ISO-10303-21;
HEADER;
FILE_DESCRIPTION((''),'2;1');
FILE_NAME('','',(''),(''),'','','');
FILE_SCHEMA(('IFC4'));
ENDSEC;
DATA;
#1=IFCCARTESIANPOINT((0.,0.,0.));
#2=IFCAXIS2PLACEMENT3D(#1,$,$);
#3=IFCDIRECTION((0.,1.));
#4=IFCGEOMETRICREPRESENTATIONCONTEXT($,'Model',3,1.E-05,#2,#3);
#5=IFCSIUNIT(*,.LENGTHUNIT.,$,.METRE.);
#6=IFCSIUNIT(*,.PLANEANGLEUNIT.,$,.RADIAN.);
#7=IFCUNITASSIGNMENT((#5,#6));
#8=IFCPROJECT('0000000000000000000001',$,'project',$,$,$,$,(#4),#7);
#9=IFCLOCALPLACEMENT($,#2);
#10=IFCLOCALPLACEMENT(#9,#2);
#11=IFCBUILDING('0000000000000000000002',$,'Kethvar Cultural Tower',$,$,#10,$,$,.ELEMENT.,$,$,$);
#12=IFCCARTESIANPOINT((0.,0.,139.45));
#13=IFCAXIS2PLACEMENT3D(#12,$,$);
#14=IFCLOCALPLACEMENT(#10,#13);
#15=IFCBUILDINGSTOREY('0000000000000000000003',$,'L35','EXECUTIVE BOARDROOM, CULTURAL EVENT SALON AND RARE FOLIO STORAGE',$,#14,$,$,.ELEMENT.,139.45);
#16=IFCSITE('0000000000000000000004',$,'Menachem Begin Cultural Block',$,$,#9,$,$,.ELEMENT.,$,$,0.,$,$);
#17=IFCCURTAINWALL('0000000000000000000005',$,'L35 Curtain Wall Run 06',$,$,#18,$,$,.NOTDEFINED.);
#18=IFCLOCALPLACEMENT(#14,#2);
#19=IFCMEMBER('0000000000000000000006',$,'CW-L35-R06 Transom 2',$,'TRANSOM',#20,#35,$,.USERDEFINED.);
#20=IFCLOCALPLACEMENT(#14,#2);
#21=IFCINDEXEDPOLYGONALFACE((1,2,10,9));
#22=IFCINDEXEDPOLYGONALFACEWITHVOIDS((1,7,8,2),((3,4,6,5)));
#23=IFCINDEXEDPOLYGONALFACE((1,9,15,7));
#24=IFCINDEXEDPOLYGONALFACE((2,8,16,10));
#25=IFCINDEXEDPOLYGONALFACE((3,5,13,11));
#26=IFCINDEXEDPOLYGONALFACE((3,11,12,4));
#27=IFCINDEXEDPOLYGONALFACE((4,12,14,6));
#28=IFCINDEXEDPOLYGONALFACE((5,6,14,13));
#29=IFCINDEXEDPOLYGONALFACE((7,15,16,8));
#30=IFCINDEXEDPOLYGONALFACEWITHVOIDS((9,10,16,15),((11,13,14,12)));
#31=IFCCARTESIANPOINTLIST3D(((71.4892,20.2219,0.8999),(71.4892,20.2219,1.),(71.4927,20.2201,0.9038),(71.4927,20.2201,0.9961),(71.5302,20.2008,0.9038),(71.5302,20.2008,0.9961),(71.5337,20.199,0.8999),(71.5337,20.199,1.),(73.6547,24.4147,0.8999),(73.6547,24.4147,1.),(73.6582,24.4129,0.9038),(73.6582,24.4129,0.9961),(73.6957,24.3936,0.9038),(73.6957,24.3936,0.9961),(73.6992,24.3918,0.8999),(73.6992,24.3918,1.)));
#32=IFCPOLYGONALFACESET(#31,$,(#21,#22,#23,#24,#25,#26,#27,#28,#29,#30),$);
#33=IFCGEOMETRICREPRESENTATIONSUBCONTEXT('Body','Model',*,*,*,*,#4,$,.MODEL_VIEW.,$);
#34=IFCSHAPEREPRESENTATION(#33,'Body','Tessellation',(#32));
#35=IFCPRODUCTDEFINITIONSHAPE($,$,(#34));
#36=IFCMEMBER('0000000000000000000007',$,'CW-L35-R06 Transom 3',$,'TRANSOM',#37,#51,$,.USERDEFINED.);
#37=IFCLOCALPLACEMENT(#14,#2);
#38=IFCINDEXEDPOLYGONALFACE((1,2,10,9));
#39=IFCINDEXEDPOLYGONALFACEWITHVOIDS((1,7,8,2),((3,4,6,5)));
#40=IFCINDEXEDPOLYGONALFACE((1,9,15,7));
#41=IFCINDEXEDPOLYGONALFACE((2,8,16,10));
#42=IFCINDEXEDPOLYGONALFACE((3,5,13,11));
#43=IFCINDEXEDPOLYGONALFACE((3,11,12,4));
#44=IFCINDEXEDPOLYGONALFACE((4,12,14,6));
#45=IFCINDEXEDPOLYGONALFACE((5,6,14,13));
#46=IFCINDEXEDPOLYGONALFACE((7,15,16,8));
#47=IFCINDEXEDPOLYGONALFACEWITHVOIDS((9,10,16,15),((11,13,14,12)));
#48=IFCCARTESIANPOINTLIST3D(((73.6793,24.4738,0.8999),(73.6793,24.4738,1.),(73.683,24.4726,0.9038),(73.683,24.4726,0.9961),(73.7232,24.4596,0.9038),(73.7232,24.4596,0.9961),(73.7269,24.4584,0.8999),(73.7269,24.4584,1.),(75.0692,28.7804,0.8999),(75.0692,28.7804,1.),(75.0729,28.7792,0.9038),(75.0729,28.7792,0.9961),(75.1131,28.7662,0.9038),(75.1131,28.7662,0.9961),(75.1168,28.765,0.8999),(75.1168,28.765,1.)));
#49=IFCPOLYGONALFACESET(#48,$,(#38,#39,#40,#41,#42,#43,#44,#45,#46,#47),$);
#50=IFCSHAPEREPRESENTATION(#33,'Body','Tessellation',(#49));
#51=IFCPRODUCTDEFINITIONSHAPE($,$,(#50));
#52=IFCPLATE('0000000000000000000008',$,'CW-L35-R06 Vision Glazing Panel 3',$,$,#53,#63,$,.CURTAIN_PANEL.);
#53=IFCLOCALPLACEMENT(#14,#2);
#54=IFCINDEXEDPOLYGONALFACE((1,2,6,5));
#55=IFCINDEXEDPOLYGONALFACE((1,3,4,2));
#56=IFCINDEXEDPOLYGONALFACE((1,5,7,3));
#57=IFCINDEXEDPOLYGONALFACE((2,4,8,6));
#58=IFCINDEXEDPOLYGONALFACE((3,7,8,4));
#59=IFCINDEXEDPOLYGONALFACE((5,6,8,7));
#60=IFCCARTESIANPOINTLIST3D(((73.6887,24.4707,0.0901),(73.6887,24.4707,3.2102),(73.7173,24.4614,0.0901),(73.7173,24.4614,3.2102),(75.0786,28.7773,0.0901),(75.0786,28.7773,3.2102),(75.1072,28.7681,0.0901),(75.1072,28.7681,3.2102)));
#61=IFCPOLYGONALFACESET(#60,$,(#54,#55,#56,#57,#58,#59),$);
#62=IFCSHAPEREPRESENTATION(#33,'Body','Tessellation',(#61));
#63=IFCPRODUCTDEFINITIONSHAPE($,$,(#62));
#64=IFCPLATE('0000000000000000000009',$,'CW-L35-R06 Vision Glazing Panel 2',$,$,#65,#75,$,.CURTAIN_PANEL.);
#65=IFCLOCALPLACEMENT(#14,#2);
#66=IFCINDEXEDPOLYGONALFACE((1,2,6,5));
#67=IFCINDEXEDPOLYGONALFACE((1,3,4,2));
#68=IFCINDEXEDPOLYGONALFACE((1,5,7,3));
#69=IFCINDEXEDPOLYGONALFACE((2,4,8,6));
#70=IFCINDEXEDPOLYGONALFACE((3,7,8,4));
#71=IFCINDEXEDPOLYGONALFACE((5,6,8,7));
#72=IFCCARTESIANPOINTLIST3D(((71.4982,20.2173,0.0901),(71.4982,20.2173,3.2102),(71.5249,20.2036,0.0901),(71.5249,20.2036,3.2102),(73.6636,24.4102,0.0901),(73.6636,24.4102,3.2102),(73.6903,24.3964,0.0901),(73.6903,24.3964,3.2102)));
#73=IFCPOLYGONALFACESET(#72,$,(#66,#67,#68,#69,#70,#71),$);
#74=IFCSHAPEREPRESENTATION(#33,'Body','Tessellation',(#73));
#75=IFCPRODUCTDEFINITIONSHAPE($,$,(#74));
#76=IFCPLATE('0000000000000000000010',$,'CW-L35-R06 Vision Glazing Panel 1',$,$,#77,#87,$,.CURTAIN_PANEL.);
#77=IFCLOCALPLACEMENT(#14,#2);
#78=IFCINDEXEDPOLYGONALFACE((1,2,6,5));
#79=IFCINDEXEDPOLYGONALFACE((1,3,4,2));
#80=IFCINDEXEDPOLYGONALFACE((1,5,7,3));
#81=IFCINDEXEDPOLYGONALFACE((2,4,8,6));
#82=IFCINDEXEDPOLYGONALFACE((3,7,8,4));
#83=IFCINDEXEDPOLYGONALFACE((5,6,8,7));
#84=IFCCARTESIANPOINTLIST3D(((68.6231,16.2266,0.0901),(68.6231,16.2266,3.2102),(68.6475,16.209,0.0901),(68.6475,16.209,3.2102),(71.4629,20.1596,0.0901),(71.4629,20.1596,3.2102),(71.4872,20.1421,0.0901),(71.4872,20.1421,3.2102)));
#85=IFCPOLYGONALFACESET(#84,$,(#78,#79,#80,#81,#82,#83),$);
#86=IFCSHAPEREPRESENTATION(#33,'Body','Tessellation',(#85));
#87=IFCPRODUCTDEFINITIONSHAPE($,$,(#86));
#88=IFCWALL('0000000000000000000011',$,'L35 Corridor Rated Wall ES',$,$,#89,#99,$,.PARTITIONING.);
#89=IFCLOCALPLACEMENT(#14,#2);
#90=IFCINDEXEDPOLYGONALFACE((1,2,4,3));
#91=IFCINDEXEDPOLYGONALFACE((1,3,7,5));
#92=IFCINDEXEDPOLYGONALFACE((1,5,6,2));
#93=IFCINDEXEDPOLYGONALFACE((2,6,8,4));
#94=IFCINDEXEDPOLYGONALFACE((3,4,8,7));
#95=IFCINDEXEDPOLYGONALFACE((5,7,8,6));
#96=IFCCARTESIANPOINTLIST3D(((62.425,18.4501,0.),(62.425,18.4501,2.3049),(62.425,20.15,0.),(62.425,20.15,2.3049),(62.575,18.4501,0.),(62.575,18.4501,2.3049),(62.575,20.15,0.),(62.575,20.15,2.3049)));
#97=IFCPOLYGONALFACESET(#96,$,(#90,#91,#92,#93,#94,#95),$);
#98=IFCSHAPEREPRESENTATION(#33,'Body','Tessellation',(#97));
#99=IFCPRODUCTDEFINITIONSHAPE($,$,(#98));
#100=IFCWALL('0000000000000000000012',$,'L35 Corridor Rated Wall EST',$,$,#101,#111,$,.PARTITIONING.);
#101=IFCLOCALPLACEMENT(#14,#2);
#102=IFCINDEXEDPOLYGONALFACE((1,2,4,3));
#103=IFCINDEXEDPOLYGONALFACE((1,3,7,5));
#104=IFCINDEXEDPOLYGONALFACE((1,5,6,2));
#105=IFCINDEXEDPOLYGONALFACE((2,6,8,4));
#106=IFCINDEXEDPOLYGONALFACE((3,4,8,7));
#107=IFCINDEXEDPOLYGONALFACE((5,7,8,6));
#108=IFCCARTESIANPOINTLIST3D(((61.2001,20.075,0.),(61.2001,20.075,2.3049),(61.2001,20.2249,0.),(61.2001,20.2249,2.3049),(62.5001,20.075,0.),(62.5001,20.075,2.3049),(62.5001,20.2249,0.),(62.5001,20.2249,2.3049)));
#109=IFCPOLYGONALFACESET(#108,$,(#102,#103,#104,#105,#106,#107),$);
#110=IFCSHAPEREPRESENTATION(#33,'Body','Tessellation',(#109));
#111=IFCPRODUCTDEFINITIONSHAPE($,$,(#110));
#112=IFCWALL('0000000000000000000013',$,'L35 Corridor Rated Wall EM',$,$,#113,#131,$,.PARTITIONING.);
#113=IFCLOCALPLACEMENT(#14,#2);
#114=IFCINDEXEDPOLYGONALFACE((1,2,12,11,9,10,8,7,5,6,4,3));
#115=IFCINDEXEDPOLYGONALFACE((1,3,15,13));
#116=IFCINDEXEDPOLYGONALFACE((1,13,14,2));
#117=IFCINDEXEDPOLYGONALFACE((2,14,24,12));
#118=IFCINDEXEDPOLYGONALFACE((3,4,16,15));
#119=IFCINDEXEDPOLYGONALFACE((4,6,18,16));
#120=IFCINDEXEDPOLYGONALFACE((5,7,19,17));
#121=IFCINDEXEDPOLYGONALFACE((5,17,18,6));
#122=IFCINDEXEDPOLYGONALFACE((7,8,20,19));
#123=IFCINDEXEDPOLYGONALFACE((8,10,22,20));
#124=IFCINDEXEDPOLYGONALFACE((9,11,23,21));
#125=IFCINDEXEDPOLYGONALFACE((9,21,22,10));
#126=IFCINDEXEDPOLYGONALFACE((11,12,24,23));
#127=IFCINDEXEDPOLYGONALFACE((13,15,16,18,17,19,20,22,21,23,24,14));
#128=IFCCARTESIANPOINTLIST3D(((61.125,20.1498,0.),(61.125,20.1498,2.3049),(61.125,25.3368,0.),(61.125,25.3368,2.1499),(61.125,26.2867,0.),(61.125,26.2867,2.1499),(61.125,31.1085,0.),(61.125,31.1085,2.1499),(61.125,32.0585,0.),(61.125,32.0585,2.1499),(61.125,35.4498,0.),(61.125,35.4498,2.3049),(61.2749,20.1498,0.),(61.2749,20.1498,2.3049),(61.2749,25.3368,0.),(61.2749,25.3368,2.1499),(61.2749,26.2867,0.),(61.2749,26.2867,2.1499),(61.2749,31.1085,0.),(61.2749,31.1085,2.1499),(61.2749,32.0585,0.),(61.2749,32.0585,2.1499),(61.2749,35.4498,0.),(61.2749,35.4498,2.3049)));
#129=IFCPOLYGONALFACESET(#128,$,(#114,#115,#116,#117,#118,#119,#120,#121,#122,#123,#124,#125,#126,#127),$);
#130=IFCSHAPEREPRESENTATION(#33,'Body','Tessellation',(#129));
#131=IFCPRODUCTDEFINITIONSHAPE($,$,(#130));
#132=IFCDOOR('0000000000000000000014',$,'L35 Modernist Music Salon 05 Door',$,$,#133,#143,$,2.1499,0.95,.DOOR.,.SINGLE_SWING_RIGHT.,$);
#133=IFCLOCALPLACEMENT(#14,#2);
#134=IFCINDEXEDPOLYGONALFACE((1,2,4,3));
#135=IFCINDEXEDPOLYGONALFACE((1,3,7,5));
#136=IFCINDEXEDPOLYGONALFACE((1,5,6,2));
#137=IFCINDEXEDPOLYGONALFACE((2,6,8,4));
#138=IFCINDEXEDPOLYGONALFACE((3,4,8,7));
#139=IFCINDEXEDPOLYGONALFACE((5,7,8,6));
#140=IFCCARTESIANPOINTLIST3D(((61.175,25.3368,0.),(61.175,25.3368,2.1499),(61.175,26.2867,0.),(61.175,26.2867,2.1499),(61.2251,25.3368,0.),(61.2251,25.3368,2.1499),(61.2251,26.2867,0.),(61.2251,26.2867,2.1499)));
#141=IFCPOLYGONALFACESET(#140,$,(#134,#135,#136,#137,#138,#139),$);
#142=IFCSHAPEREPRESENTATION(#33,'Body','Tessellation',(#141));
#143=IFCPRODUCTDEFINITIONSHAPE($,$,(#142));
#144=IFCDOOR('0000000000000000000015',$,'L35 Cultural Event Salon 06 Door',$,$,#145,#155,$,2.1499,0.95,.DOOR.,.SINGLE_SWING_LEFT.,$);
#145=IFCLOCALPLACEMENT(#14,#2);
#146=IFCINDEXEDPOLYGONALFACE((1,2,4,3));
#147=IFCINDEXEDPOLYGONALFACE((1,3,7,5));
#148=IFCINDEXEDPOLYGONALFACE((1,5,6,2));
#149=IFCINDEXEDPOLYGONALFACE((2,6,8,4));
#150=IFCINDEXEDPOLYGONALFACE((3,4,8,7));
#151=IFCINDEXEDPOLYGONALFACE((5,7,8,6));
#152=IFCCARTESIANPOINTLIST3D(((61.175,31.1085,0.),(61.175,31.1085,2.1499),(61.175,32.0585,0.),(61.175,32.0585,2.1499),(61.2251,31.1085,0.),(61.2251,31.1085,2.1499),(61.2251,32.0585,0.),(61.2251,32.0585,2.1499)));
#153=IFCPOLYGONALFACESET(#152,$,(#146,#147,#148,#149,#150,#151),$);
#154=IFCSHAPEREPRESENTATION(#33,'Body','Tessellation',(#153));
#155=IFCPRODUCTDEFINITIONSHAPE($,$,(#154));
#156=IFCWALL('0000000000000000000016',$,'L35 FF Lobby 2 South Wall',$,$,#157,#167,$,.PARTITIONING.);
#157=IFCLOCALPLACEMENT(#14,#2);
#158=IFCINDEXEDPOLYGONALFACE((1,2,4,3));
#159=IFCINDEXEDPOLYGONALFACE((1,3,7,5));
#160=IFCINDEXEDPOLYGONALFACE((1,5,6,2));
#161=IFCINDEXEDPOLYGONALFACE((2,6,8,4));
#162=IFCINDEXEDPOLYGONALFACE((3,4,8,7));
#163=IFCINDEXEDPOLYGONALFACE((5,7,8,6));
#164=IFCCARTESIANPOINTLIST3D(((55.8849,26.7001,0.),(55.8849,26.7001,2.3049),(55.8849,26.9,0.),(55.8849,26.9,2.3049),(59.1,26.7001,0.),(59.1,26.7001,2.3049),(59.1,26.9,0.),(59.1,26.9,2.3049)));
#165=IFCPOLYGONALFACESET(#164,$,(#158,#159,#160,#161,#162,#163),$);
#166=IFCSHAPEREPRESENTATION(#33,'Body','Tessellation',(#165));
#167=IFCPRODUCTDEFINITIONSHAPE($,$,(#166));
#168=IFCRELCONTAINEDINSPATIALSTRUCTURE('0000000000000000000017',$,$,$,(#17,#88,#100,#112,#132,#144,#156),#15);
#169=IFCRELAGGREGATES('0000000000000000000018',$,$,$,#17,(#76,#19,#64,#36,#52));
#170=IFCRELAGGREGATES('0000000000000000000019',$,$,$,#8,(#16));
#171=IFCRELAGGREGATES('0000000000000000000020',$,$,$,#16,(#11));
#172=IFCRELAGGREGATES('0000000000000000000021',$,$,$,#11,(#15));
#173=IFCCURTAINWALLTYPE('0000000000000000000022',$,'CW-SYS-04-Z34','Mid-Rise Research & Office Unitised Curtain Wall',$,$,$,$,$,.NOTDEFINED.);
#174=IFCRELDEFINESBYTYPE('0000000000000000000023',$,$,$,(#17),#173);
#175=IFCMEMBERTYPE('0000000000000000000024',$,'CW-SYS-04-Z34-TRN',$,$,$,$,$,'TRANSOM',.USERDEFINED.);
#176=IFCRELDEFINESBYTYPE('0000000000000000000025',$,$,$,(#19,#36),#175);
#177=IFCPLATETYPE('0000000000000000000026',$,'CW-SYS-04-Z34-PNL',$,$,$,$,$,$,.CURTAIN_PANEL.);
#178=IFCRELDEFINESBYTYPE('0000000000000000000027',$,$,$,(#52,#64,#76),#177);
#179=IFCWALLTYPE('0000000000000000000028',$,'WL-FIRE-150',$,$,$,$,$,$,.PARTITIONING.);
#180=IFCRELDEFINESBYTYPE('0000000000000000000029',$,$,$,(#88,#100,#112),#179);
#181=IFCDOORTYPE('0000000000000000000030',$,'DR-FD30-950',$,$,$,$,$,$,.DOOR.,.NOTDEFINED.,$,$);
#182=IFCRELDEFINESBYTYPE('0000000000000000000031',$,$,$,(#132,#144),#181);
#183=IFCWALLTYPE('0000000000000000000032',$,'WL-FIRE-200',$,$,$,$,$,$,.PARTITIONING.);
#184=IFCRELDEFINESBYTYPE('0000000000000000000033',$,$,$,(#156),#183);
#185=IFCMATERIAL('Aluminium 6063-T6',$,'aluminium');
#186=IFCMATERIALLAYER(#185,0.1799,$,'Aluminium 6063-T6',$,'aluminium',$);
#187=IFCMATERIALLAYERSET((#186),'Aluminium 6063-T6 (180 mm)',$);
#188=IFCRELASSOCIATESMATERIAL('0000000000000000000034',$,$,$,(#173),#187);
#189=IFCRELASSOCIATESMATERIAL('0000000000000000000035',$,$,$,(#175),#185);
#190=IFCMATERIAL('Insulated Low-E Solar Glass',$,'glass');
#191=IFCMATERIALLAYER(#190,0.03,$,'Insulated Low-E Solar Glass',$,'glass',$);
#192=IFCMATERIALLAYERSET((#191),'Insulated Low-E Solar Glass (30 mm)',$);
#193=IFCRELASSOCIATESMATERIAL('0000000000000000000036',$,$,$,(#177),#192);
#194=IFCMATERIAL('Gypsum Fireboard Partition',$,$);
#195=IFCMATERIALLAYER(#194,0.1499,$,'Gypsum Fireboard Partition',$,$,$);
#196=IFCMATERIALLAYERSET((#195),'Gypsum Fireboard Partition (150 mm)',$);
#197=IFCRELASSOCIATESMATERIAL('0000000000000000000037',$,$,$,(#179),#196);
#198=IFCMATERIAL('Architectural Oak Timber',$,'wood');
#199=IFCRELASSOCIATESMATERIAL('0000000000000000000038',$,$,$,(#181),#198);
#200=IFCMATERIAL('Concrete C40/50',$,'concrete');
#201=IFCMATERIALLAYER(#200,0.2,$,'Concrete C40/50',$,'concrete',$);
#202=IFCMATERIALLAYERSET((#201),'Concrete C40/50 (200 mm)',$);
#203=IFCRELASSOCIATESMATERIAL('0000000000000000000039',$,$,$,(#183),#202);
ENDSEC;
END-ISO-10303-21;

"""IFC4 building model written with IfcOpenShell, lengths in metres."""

from ifc_helpers import new_model, si_unit, direction, frame, frame_2d, origin, origin_2d, place, context, subcontext, project, spatial, rectangle, hollow_rectangle, extrude, source, transform, mapped, material, layer, layer_set, material_profile, profile_set, type_object, element, fill, aggregate, save


model = new_model("IFC4")

# Units and contexts
model_context = context("Model", 3, precision=1e-05, world=origin(), true_north=direction((0.0, 1.0)))
body_context = subcontext(model_context, "Body", "Model", "MODEL_VIEW")
ifc_project = project(units=[si_unit("LENGTHUNIT", "METRE"), si_unit("PLANEANGLEUNIT", "RADIAN")], contexts=[model_context])

# Site, building, storey
site_placement = place(None, origin())
site = spatial("IfcSite", under=ifc_project, at=site_placement, Name="Menachem Begin Cultural Block", CompositionType="ELEMENT", RefElevation=0.0)
building_placement = place(site_placement, origin())
building = spatial("IfcBuilding", under=site, at=building_placement, Name="Kethvar Cultural Tower", CompositionType="ELEMENT")
storey_placement = place(building_placement, frame((0.0, 0.0, 139.45)))
storey = spatial("IfcBuildingStorey", under=building, at=storey_placement, Name="L35", Description="EXECUTIVE BOARDROOM, CULTURAL EVENT SALON AND RARE FOLIO STORAGE", CompositionType="ELEMENT", Elevation=139.45)

# Curtain wall, members, plates
ifc_material_1 = material(Name="Aluminium 6063-T6", Category="aluminium")
ifc_layer_1 = layer(ifc_material_1, 0.1799, Name="Aluminium 6063-T6", Category="aluminium")
ifc_layer_set_1 = layer_set([ifc_layer_1], Name="Aluminium 6063-T6 (180 mm)")
curtain_wall_type = type_object("IfcCurtainWallType", Name="CW-SYS-04-Z34", Description="Mid-Rise Research & Office Unitised Curtain Wall", PredefinedType="NOTDEFINED", material=ifc_layer_set_1)
curtain_wall_placement = place(storey_placement, origin())
curtain_wall = element("IfcCurtainWall", 1, at=curtain_wall_placement, inside=storey, type_object=curtain_wall_type, Name="L35 Curtain Wall Run 06", PredefinedType="NOTDEFINED")
ifc_material_profile_1 = material_profile(ifc_material_1, hollow_rectangle(XDim=0.05, YDim=0.1001, WallThickness=0.0039, at=origin_2d()), Name="Aluminium 6063-T6 — RHS100x50x4")
ifc_profile_set_1 = profile_set([ifc_material_profile_1], Name="Aluminium 6063-T6 — RHS100x50x4")
member_type_1 = type_object("IfcMemberType", Name="CW-SYS-04-Z34-TRN", ElementType="TRANSOM", PredefinedType="USERDEFINED", material=ifc_profile_set_1)
shared_shape_1 = source(origin(), body_context, "Body", "SweptSolid", [
    extrude(hollow_rectangle(XDim=0.05, YDim=0.1001, WallThickness=0.0039, at=origin_2d()), origin(), (0.0, 0.0, 1.0), 4.719),
])
member_1_placement = place(storey_placement, frame((71.5115, 20.2104, 0.95), z_axis=(0.458888, 0.888494, 0.0), x_axis=(-0.888494, 0.458888, 0.0)))
member_1 = element("IfcMember", 2, at=member_1_placement, type_object=member_type_1, Name="CW-L35-R06 Transom 2", ObjectType="TRANSOM", PredefinedType="USERDEFINED", context=body_context, shape_type="MappedRepresentation", body=[
    mapped(shared_shape_1, transform((0.0, 0.0, 0.0), scale=1.0)),
])
shared_shape_2 = source(origin(), body_context, "Body", "SweptSolid", [
    extrude(hollow_rectangle(XDim=0.05, YDim=0.1001, WallThickness=0.0039, at=origin_2d()), origin(), (0.0, 0.0, 1.0), 4.5254),
])
member_2_placement = place(storey_placement, frame((73.7031, 24.4661, 0.95), z_axis=(0.307134, 0.951666, 0.0), x_axis=(-0.951666, 0.307134, 0.0)))
member_2 = element("IfcMember", 3, at=member_2_placement, type_object=member_type_1, Name="CW-L35-R06 Transom 3", ObjectType="TRANSOM", PredefinedType="USERDEFINED", context=body_context, shape_type="MappedRepresentation", body=[
    mapped(shared_shape_2, transform((0.0, 0.0, 0.0), scale=1.0)),
])
ifc_material_2 = material(Name="Insulated Low-E Solar Glass", Category="glass")
ifc_layer_2 = layer(ifc_material_2, 0.03, Name="Insulated Low-E Solar Glass", Category="glass")
ifc_layer_set_2 = layer_set([ifc_layer_2], Name="Insulated Low-E Solar Glass (30 mm)")
plate_type = type_object("IfcPlateType", Name="CW-SYS-04-Z34-PNL", PredefinedType="CURTAIN_PANEL", material=ifc_layer_set_2)
shared_shape_3 = source(origin(), body_context, "Body", "SweptSolid", [
    extrude(rectangle(XDim=4.5254, YDim=0.03, at=origin_2d()), origin(), (0.0, 0.0, 1.0), 3.1201),
])
plate_1_placement = place(storey_placement, frame((74.3979, 26.6194, 0.0901), z_axis=(0.0, 0.0, 1.0), x_axis=(0.307124, 0.951669, 0.0)))
plate_1 = element("IfcPlate", 4, at=plate_1_placement, type_object=plate_type, Name="CW-L35-R06 Vision Glazing Panel 3", PredefinedType="CURTAIN_PANEL", context=body_context, shape_type="MappedRepresentation", body=[
    mapped(shared_shape_3, transform((0.0, 0.0, 0.0), scale=1.0)),
])
shared_shape_4 = source(origin(), body_context, "Body", "SweptSolid", [
    extrude(rectangle(XDim=4.719, YDim=0.03, at=origin_2d()), origin(), (0.0, 0.0, 1.0), 3.1201),
])
plate_2_placement = place(storey_placement, frame((72.5942, 22.3069, 0.0901), z_axis=(0.0, 0.0, 1.0), x_axis=(0.458867, 0.888505, 0.0)))
plate_2 = element("IfcPlate", 5, at=plate_2_placement, type_object=plate_type, Name="CW-L35-R06 Vision Glazing Panel 2", PredefinedType="CURTAIN_PANEL", context=body_context, shape_type="MappedRepresentation", body=[
    mapped(shared_shape_4, transform((0.0, 0.0, 0.0), scale=1.0)),
])
shared_shape_5 = source(origin(), body_context, "Body", "SweptSolid", [
    extrude(rectangle(XDim=4.8511, YDim=0.03, at=origin_2d()), origin(), (0.0, 0.0, 1.0), 3.1201),
])
plate_3_placement = place(storey_placement, frame((70.0552, 18.1843, 0.0901), z_axis=(0.0, 0.0, 1.0), x_axis=(0.585382, 0.810757, 0.0)))
plate_3 = element("IfcPlate", 6, at=plate_3_placement, type_object=plate_type, Name="CW-L35-R06 Vision Glazing Panel 1", PredefinedType="CURTAIN_PANEL", context=body_context, shape_type="MappedRepresentation", body=[
    mapped(shared_shape_5, transform((0.0, 0.0, 0.0), scale=1.0)),
])
aggregate(curtain_wall, [plate_3, member_1, plate_2, member_2, plate_1])

# Walls
ifc_material_3 = material(Name="Gypsum Fireboard Partition")
ifc_layer_3 = layer(ifc_material_3, 0.1499, Name="Gypsum Fireboard Partition")
ifc_layer_set_3 = layer_set([ifc_layer_3], Name="Gypsum Fireboard Partition (150 mm)")
wall_type_1 = type_object("IfcWallType", Name="WL-FIRE-150", PredefinedType="PARTITIONING", material=ifc_layer_set_3)
wall_1_placement = place(storey_placement, frame((62.5, 18.45, 0.0), z_axis=(0.0, 0.0, 1.0), x_axis=(0.0, 1.0, 0.0)))
element("IfcWall", 7, at=wall_1_placement, inside=storey, type_object=wall_type_1, Name="L35 Corridor Rated Wall ES", PredefinedType="PARTITIONING", context=body_context, shape_type="SweptSolid", body=[
    extrude(rectangle(XDim=1.7, YDim=0.1499, at=frame_2d((0.8501, 0.0))), origin(), (0.0, 0.0, 1.0), 2.3049),
])
wall_2_placement = place(storey_placement, frame((62.5, 20.1499, 0.0), z_axis=(0.0, 0.0, 1.0), x_axis=(-1.0, 0.0, 0.0)))
element("IfcWall", 8, at=wall_2_placement, inside=storey, type_object=wall_type_1, Name="L35 Corridor Rated Wall EST", PredefinedType="PARTITIONING", context=body_context, shape_type="SweptSolid", body=[
    extrude(rectangle(XDim=1.3, YDim=0.1499, at=frame_2d((0.6499, 0.0))), origin(), (0.0, 0.0, 1.0), 2.3049),
])

# Wall, openings, doors
wall_3_placement = place(storey_placement, frame((61.2, 20.1499, 0.0), z_axis=(0.0, 0.0, 1.0), x_axis=(0.0, 1.0, 0.0)))
wall_3 = element("IfcWall", 9, at=wall_3_placement, inside=storey, type_object=wall_type_1, Name="L35 Corridor Rated Wall EM", PredefinedType="PARTITIONING", context=body_context, shape_type="SweptSolid", body=[
    extrude(rectangle(XDim=15.3, YDim=0.1499, at=frame_2d((7.6499, 0.0))), origin(), (0.0, 0.0, 1.0), 2.3049),
])
opening_1_placement = place(wall_3_placement, frame((5.1868, 0.0, 0.0)))
opening_1 = element("IfcOpeningElement", 10, at=opening_1_placement, cuts=wall_3, PredefinedType="OPENING", context=body_context, shape_type="SweptSolid", body=[
    extrude(rectangle(XDim=0.95, YDim=2.1499, at=frame_2d((0.4751, 1.075))), frame((0.0, 0.085, 0.0), z_axis=(0.0, -1.0, 0.0), x_axis=(1.0, 0.0, 0.0)), (0.0, 0.0, 1.0), 0.1699),
])
opening_2_placement = place(wall_3_placement, frame((10.9585, 0.0, 0.0)))
opening_2 = element("IfcOpeningElement", 11, at=opening_2_placement, cuts=wall_3, PredefinedType="OPENING", context=body_context, shape_type="SweptSolid", body=[
    extrude(rectangle(XDim=0.95, YDim=2.1499, at=frame_2d((0.4751, 1.075))), frame((0.0, 0.085, 0.0), z_axis=(0.0, -1.0, 0.0), x_axis=(1.0, 0.0, 0.0)), (0.0, 0.0, 1.0), 0.1699),
])
ifc_material_4 = material(Name="Architectural Oak Timber", Category="wood")
door_type_1 = type_object("IfcDoorType", Name="DR-FD30-950", OperationType="NOTDEFINED", PredefinedType="DOOR", material=ifc_material_4)
shared_shape_6 = source(origin(), body_context, "Body", "SweptSolid", [
    extrude(rectangle(XDim=0.95, YDim=2.1499, at=frame_2d((0.4751, 1.075))), frame((0.0, 0.0249, 0.0), z_axis=(0.0, -1.0, 0.0), x_axis=(1.0, 0.0, 0.0)), (0.0, 0.0, 1.0), 0.05),
])
door_1_placement = place(opening_1_placement, origin())
door_1 = element("IfcDoor", 12, at=door_1_placement, inside=storey, type_object=door_type_1, Name="L35 Modernist Music Salon 05 Door", OperationType="SINGLE_SWING_RIGHT", OverallHeight=2.1499, OverallWidth=0.95, PredefinedType="DOOR", context=body_context, shape_type="MappedRepresentation", body=[
    mapped(shared_shape_6, transform((0.0, 0.0, 0.0), scale=1.0)),
])
fill(opening_1, door_1)
door_2_placement = place(opening_2_placement, origin())
door_2 = element("IfcDoor", 13, at=door_2_placement, inside=storey, type_object=door_type_1, Name="L35 Cultural Event Salon 06 Door", OperationType="SINGLE_SWING_LEFT", OverallHeight=2.1499, OverallWidth=0.95, PredefinedType="DOOR", context=body_context, shape_type="MappedRepresentation", body=[
    mapped(shared_shape_6, transform((0.0, 0.0, 0.0), scale=1.0)),
])
fill(opening_2, door_2)

# Shared definitions
ifc_material_5 = material(Name="Concrete C40/50", Category="concrete")
ifc_layer_4 = layer(ifc_material_5, 0.2, Name="Concrete C40/50", Category="concrete")
ifc_layer_set_4 = layer_set([ifc_layer_4], Name="Concrete C40/50 (200 mm)")
wall_type_2 = type_object("IfcWallType", Name="WL-FIRE-200", PredefinedType="PARTITIONING", material=ifc_layer_set_4)

# Wall
wall_4_placement = place(storey_placement, frame((55.885, 26.8, 0.0), z_axis=(0.0, 0.0, 1.0), x_axis=(1.0, 0.0, 0.0)))
element("IfcWall", 14, at=wall_4_placement, inside=storey, type_object=wall_type_2, Name="L35 FF Lobby 2 South Wall", PredefinedType="PARTITIONING", context=body_context, shape_type="SweptSolid", body=[
    extrude(rectangle(XDim=3.2151, YDim=0.2, at=frame_2d((1.6074, 0.0))), origin(), (0.0, 0.0, 1.0), 2.3049),
])

save(model, "model.ifc")
